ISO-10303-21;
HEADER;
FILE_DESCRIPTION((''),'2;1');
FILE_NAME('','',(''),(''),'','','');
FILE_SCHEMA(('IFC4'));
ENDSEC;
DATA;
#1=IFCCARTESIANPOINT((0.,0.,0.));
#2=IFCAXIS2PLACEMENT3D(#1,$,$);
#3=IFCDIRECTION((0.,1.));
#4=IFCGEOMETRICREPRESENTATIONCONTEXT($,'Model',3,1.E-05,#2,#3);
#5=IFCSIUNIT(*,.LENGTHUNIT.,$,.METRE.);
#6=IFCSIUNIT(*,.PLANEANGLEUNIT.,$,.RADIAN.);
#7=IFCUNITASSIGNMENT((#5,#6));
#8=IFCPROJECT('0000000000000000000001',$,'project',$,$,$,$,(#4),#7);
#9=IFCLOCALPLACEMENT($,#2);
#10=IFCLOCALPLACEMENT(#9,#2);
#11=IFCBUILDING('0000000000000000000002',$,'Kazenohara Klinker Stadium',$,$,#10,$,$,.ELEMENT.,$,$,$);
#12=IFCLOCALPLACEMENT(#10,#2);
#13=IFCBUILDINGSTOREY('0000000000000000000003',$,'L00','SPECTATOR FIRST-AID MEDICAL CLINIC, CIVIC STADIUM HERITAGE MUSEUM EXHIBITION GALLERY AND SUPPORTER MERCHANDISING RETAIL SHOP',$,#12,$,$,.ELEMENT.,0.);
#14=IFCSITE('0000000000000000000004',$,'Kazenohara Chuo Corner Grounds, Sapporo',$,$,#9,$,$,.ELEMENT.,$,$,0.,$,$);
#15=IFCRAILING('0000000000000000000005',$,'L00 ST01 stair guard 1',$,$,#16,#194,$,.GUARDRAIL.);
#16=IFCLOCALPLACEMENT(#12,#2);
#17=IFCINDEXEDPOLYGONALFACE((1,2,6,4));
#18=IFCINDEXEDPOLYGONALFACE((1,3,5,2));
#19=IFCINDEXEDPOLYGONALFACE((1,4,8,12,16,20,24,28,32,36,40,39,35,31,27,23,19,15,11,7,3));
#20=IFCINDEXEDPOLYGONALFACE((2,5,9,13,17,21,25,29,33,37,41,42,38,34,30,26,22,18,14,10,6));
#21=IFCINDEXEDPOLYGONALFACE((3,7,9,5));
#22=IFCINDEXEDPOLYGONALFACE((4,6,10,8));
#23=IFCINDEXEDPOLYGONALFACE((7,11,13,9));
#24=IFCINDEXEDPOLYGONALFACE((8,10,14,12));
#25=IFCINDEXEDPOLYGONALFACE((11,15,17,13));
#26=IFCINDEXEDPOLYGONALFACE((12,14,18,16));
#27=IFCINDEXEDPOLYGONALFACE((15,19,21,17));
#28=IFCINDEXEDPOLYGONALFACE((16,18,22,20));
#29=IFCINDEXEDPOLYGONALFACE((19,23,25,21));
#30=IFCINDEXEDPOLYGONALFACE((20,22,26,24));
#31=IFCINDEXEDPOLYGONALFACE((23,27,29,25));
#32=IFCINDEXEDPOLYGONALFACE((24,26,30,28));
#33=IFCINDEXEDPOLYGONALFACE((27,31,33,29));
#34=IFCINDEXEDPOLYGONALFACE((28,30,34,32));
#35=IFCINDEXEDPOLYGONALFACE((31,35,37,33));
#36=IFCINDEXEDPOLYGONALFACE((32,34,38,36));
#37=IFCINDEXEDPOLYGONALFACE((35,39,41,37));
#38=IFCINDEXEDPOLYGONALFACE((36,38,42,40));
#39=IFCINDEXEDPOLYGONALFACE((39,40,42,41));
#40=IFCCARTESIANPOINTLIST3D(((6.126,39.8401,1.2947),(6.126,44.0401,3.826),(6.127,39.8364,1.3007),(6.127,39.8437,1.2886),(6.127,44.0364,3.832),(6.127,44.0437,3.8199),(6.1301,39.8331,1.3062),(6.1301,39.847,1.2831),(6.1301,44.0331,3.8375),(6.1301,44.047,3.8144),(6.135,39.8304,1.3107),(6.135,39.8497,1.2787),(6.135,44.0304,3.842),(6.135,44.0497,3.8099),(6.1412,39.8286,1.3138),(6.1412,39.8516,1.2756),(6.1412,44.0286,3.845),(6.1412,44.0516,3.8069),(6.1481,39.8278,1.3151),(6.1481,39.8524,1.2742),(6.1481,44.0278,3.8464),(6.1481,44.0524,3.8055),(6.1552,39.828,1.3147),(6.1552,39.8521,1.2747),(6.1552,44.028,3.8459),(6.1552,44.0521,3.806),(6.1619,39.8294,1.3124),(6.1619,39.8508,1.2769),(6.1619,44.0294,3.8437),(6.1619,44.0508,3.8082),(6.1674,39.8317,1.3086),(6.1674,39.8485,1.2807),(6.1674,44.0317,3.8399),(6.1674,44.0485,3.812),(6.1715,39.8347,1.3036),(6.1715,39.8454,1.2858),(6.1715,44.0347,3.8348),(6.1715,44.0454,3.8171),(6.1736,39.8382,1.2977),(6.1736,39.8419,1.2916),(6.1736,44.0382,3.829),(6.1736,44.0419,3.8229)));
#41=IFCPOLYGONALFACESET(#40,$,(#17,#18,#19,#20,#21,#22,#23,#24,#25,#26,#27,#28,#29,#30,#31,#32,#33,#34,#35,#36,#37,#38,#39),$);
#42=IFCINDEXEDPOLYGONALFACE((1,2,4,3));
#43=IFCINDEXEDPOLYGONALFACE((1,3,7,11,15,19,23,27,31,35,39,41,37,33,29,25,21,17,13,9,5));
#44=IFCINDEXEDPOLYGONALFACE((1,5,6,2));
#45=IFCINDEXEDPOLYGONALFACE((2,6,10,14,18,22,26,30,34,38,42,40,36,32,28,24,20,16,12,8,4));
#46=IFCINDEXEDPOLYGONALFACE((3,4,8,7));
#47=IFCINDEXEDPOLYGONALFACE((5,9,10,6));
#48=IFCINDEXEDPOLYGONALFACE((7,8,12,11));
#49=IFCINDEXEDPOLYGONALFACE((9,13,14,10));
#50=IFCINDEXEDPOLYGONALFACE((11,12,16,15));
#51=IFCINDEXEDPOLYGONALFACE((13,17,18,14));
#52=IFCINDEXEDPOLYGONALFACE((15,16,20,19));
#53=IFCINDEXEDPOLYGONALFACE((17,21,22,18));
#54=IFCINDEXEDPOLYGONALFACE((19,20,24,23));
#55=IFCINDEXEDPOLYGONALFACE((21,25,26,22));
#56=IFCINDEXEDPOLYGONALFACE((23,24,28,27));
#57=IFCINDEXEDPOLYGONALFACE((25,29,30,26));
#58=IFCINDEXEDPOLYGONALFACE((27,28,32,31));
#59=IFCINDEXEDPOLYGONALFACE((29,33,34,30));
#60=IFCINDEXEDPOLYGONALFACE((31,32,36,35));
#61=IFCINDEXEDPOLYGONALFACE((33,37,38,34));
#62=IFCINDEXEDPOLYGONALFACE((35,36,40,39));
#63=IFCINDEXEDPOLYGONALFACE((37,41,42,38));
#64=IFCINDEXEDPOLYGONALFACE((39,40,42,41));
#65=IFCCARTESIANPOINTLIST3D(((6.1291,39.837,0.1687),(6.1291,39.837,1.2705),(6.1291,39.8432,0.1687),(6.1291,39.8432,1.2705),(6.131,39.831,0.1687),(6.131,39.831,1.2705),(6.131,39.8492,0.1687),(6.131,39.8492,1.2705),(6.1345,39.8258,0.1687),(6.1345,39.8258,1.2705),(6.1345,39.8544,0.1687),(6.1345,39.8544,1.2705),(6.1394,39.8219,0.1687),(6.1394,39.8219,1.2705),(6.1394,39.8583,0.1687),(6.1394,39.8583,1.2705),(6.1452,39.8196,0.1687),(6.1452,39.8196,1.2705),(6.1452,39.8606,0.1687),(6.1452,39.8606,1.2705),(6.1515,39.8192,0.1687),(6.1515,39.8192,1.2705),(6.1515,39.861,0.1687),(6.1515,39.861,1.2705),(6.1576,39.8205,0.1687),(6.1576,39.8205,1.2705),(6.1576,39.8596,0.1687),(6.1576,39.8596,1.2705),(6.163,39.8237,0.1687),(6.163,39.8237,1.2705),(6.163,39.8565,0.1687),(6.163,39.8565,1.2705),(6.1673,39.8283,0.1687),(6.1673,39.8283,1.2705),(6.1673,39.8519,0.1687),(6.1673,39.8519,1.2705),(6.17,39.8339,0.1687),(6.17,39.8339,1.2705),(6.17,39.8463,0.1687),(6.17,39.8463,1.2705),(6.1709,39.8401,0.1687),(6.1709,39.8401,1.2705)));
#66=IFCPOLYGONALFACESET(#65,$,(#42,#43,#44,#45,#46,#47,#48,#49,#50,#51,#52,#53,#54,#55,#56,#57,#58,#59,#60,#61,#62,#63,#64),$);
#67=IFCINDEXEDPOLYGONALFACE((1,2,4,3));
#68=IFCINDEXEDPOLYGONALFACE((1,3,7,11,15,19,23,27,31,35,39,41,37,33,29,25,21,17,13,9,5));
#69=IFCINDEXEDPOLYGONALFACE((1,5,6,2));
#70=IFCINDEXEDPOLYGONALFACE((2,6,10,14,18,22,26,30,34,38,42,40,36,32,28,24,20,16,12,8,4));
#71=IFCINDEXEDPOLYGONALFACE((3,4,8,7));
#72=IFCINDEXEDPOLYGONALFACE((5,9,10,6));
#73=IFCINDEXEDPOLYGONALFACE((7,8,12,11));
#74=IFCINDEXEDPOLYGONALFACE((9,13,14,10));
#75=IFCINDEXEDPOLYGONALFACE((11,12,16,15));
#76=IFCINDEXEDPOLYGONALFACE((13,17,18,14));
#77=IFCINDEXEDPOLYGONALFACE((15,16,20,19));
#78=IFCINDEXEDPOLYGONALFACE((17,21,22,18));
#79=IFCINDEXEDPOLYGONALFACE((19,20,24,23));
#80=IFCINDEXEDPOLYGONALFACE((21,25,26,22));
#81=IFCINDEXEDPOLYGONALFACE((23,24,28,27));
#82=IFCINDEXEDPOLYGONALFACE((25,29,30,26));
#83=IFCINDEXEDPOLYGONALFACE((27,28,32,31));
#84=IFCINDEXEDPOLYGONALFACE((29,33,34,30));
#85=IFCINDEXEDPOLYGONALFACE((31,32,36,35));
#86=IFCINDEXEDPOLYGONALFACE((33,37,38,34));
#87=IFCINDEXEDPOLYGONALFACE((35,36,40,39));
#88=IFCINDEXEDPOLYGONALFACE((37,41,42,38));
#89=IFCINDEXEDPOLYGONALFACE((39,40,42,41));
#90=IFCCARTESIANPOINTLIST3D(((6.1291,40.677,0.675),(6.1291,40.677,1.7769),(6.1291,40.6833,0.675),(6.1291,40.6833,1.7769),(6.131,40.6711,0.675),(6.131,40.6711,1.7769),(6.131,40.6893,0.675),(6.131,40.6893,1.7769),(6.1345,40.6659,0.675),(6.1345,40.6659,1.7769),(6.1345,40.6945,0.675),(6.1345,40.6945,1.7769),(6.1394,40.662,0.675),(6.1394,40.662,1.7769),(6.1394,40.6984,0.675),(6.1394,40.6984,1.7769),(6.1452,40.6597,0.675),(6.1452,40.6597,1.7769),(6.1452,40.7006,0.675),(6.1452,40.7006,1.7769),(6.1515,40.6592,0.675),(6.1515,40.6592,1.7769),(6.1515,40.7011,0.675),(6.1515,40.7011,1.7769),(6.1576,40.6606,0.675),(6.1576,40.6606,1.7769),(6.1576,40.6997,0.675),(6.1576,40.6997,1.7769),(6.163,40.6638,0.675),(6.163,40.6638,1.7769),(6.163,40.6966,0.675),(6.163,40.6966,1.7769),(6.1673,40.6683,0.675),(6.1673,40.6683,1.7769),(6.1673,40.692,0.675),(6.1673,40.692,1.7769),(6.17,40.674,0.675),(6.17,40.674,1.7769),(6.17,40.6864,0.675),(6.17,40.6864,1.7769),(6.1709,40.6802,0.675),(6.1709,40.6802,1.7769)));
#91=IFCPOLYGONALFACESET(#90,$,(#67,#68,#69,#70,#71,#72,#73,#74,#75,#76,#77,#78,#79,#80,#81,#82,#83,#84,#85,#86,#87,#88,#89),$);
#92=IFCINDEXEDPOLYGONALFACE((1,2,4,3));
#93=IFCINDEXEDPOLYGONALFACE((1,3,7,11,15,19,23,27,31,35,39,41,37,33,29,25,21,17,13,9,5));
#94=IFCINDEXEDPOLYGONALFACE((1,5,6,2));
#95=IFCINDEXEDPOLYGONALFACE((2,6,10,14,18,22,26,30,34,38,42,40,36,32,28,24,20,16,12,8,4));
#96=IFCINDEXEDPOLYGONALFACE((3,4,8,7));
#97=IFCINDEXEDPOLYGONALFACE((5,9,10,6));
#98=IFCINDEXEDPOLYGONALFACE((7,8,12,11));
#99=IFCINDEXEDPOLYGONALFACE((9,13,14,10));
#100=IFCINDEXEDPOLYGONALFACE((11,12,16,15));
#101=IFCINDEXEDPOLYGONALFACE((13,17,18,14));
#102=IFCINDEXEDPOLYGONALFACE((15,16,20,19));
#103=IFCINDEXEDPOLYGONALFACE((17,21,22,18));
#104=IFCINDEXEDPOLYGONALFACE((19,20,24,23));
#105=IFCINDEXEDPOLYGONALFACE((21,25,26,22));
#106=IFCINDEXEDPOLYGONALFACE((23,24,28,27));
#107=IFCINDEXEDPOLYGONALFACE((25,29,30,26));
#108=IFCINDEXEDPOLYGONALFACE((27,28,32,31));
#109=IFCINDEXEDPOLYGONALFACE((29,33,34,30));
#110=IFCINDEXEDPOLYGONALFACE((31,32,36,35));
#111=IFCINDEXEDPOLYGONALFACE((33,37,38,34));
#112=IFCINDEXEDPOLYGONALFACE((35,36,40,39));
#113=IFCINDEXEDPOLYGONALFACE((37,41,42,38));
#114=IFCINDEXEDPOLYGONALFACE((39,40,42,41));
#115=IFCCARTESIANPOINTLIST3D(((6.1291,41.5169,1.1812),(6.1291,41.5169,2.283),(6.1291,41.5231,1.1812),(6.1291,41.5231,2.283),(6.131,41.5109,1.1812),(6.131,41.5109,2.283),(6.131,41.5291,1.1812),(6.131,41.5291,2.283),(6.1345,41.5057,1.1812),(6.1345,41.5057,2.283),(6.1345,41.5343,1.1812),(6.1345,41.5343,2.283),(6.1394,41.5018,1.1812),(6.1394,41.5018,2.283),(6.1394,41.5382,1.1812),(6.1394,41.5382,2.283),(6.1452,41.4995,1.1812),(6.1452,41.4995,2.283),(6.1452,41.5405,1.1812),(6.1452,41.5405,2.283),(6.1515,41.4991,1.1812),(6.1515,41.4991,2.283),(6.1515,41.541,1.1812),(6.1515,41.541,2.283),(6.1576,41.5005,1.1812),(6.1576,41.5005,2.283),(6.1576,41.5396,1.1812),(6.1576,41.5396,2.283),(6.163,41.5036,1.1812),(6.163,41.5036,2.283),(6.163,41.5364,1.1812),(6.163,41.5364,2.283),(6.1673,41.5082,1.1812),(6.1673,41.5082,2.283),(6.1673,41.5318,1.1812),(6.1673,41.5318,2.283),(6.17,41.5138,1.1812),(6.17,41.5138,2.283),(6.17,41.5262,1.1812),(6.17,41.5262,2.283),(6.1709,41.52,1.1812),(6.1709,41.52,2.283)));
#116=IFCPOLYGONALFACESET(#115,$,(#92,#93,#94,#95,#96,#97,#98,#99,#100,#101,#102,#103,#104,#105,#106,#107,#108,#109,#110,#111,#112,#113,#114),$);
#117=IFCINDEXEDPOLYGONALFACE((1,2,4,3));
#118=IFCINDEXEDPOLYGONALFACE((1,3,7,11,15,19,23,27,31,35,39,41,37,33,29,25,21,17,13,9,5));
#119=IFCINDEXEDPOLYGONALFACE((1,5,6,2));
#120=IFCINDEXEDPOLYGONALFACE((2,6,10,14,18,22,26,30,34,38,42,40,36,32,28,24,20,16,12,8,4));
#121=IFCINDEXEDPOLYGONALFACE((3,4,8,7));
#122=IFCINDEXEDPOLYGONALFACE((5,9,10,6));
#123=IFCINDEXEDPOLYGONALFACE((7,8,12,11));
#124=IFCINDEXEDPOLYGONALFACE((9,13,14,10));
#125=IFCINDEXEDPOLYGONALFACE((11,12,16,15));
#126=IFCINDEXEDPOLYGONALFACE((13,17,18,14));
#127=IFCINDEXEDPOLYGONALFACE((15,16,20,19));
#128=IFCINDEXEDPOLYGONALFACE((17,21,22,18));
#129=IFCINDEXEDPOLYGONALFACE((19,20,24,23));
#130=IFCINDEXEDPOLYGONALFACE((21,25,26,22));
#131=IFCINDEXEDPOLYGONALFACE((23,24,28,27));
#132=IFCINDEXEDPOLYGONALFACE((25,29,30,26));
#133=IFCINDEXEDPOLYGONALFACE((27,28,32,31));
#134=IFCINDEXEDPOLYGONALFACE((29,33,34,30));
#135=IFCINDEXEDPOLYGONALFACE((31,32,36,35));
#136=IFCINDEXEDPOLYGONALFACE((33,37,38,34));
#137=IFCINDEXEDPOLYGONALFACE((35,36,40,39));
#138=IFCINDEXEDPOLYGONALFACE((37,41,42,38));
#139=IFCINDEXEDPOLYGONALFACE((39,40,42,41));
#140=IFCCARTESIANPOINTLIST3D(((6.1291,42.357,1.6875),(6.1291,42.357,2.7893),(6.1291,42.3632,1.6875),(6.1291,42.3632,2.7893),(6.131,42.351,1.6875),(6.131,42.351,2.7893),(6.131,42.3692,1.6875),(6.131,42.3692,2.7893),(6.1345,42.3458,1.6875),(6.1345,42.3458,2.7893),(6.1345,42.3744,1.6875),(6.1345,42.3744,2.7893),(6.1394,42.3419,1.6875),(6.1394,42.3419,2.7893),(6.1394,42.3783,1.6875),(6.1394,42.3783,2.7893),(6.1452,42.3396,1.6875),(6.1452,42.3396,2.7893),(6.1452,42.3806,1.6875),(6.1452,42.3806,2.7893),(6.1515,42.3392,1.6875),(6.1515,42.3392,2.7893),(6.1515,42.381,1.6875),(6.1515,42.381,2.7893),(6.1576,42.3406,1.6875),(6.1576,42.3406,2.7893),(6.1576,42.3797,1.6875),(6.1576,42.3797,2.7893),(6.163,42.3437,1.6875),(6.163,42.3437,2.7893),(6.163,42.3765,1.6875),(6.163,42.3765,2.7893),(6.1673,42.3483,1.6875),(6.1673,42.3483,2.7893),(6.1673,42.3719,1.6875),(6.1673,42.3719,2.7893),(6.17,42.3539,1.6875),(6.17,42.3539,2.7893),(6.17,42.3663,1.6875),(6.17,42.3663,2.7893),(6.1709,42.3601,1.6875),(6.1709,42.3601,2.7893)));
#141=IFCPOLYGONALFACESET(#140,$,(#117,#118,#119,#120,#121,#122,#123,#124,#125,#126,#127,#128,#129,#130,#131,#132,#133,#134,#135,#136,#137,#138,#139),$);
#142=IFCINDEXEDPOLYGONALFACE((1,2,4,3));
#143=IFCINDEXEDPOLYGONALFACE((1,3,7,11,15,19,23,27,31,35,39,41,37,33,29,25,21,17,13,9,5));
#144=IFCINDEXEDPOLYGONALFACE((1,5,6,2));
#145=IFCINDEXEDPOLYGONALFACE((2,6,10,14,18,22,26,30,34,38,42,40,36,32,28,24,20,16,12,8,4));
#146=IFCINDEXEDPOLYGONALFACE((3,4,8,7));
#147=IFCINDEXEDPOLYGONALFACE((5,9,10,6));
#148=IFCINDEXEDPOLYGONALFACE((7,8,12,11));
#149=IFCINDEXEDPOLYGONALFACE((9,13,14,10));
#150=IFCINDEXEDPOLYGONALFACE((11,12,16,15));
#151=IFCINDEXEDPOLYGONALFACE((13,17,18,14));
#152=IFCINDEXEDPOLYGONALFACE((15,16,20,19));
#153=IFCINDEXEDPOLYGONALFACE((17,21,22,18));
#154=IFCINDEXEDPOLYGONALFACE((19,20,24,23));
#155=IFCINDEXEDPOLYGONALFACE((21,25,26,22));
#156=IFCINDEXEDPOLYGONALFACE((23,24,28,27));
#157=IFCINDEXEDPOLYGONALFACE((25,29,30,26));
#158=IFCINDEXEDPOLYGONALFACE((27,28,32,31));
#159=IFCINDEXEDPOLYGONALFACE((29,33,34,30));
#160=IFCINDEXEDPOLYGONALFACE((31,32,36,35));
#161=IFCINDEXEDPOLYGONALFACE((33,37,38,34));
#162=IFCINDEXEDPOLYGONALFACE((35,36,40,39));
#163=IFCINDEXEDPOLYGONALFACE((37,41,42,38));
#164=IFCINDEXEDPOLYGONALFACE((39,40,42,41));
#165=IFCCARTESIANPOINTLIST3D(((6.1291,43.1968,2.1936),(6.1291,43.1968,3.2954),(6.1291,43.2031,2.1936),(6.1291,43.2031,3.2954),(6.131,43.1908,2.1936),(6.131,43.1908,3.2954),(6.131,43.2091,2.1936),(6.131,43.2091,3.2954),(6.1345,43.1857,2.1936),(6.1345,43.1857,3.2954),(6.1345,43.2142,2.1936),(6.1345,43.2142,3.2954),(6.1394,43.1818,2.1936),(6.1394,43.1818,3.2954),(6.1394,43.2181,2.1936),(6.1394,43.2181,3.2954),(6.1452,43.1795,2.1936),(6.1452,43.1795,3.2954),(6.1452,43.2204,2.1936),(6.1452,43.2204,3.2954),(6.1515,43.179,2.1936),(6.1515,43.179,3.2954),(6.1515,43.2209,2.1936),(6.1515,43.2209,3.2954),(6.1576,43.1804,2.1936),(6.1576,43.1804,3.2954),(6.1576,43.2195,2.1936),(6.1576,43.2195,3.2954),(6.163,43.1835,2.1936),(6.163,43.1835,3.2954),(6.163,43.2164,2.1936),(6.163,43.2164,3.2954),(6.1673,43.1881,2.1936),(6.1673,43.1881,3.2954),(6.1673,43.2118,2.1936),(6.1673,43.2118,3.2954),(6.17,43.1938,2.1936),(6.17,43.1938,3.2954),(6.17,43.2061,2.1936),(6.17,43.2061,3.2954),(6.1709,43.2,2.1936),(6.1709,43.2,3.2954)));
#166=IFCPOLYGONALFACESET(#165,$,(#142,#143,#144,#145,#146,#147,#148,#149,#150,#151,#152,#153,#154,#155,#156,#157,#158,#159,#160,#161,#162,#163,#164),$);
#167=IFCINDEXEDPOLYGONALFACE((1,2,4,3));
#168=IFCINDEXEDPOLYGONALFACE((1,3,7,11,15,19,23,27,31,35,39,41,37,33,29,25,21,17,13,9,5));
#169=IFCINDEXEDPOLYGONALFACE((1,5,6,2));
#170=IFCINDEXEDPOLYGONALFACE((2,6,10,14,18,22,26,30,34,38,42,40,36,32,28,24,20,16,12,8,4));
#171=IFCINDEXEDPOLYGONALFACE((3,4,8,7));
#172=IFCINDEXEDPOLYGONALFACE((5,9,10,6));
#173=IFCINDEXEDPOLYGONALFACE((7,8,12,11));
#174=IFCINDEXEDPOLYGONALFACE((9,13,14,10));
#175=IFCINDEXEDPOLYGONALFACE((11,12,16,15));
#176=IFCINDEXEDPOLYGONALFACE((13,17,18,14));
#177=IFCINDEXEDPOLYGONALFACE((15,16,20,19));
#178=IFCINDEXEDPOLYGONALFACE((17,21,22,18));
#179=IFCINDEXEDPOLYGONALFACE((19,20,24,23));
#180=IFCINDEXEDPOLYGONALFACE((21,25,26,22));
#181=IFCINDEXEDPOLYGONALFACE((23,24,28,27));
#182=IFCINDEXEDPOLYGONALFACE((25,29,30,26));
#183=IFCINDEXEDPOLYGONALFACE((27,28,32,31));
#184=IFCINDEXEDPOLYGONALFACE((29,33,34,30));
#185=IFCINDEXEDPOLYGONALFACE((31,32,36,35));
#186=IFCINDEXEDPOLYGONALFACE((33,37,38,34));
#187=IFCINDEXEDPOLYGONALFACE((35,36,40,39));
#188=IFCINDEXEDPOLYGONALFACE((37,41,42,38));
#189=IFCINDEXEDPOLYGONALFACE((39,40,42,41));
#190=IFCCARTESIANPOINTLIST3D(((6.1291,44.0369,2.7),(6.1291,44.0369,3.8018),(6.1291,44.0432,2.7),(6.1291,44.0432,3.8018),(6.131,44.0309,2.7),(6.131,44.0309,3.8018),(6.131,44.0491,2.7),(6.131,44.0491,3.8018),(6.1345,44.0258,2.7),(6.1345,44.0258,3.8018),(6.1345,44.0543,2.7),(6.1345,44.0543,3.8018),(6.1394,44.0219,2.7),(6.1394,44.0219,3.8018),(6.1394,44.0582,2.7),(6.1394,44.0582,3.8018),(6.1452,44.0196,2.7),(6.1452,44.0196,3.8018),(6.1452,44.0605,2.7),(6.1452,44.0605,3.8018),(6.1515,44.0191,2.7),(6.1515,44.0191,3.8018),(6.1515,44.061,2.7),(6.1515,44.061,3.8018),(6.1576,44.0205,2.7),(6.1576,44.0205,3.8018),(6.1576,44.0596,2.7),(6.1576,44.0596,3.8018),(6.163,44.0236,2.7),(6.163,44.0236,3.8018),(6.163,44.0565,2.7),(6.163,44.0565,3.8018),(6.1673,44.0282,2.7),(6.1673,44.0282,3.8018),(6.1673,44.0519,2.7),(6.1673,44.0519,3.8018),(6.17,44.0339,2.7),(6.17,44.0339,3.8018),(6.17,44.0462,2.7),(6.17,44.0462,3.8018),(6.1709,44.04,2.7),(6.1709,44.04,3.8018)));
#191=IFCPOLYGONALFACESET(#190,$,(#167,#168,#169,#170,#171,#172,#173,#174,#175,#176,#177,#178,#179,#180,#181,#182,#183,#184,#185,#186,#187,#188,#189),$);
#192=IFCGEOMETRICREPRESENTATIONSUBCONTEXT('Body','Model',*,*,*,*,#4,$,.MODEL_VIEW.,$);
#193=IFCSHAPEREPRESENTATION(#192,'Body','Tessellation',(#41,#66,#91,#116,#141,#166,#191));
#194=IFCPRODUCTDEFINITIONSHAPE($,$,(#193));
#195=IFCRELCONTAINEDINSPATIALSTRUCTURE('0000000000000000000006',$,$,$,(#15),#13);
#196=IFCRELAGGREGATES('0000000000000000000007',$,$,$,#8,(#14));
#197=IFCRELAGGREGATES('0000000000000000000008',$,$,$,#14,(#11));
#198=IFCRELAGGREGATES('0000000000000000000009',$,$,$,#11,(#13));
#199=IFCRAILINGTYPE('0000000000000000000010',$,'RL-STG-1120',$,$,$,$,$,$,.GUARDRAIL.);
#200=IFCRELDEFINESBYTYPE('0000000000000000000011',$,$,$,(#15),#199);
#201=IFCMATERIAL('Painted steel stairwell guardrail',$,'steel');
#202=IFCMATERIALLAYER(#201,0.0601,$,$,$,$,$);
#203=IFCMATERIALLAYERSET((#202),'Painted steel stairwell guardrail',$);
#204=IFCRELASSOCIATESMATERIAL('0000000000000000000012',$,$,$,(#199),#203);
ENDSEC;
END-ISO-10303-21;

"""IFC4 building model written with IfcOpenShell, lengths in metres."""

from ifc_helpers import new_model, si_unit, direction, frame, origin, origin_2d, place, context, subcontext, project, spatial, circle, extrude, material, layer, layer_set, type_object, element, save


model = new_model("IFC4")

# Units and contexts
model_context = context("Model", 3, precision=1e-05, world=origin(), true_north=direction((0.0, 1.0)))
body_context = subcontext(model_context, "Body", "Model", "MODEL_VIEW")
ifc_project = project(units=[si_unit("LENGTHUNIT", "METRE"), si_unit("PLANEANGLEUNIT", "RADIAN")], contexts=[model_context])

# Site, building, storey
site_placement = place(None, origin())
site = spatial("IfcSite", under=ifc_project, at=site_placement, Name="Kazenohara Chuo Corner Grounds, Sapporo", CompositionType="ELEMENT", RefElevation=0.0)
building_placement = place(site_placement, origin())
building = spatial("IfcBuilding", under=site, at=building_placement, Name="Kazenohara Klinker Stadium", CompositionType="ELEMENT")
storey_placement = place(building_placement, origin())
storey = spatial("IfcBuildingStorey", under=building, at=storey_placement, Name="L00", Description="SPECTATOR FIRST-AID MEDICAL CLINIC, CIVIC STADIUM HERITAGE MUSEUM EXHIBITION GALLERY AND SUPPORTER MERCHANDISING RETAIL SHOP", CompositionType="ELEMENT", Elevation=0.0)

# Railing
ifc_material_1 = material(Name="Painted steel stairwell guardrail", Category="steel")
ifc_layer_1 = layer(ifc_material_1, 0.0601)
ifc_layer_set_1 = layer_set([ifc_layer_1], Name="Painted steel stairwell guardrail")
railing_type_1 = type_object("IfcRailingType", Name="RL-STG-1120", PredefinedType="GUARDRAIL", material=ifc_layer_set_1)
railing_1_placement = place(storey_placement, frame((6.1499, 39.8401, 0.1687)))
element("IfcRailing", 1, at=railing_1_placement, inside=storey, type_object=railing_type_1, Name="L00 ST01 stair guard 1", PredefinedType="GUARDRAIL", context=body_context, shape_type="SweptSolid", body=[
    extrude(circle(Radius=0.0239, at=origin_2d()), frame((0.0, 0.0, 1.126), z_axis=(0.0, 0.856476, 0.516186), x_axis=(-1.0, 0.0, 0.0)), (0.0, 0.0, 1.0), 4.9038),
    extrude(circle(Radius=0.021, at=origin_2d()), origin(), (0.0, 0.0, 1.0), 1.1018),
    extrude(circle(Radius=0.021, at=origin_2d()), frame((0.0, 0.8401, 0.5063)), (0.0, 0.0, 1.0), 1.1018),
    extrude(circle(Radius=0.021, at=origin_2d()), frame((0.0, 1.6799, 1.0125)), (0.0, 0.0, 1.0), 1.1018),
    extrude(circle(Radius=0.021, at=origin_2d()), frame((0.0, 2.52, 1.5188)), (0.0, 0.0, 1.0), 1.1018),
    extrude(circle(Radius=0.021, at=origin_2d()), frame((0.0, 3.3599, 2.0249)), (0.0, 0.0, 1.0), 1.1018),
    extrude(circle(Radius=0.021, at=origin_2d()), frame((0.0, 4.2, 2.5312)), (0.0, 0.0, 1.0), 1.1018),
])

save(model, "model.ifc")
